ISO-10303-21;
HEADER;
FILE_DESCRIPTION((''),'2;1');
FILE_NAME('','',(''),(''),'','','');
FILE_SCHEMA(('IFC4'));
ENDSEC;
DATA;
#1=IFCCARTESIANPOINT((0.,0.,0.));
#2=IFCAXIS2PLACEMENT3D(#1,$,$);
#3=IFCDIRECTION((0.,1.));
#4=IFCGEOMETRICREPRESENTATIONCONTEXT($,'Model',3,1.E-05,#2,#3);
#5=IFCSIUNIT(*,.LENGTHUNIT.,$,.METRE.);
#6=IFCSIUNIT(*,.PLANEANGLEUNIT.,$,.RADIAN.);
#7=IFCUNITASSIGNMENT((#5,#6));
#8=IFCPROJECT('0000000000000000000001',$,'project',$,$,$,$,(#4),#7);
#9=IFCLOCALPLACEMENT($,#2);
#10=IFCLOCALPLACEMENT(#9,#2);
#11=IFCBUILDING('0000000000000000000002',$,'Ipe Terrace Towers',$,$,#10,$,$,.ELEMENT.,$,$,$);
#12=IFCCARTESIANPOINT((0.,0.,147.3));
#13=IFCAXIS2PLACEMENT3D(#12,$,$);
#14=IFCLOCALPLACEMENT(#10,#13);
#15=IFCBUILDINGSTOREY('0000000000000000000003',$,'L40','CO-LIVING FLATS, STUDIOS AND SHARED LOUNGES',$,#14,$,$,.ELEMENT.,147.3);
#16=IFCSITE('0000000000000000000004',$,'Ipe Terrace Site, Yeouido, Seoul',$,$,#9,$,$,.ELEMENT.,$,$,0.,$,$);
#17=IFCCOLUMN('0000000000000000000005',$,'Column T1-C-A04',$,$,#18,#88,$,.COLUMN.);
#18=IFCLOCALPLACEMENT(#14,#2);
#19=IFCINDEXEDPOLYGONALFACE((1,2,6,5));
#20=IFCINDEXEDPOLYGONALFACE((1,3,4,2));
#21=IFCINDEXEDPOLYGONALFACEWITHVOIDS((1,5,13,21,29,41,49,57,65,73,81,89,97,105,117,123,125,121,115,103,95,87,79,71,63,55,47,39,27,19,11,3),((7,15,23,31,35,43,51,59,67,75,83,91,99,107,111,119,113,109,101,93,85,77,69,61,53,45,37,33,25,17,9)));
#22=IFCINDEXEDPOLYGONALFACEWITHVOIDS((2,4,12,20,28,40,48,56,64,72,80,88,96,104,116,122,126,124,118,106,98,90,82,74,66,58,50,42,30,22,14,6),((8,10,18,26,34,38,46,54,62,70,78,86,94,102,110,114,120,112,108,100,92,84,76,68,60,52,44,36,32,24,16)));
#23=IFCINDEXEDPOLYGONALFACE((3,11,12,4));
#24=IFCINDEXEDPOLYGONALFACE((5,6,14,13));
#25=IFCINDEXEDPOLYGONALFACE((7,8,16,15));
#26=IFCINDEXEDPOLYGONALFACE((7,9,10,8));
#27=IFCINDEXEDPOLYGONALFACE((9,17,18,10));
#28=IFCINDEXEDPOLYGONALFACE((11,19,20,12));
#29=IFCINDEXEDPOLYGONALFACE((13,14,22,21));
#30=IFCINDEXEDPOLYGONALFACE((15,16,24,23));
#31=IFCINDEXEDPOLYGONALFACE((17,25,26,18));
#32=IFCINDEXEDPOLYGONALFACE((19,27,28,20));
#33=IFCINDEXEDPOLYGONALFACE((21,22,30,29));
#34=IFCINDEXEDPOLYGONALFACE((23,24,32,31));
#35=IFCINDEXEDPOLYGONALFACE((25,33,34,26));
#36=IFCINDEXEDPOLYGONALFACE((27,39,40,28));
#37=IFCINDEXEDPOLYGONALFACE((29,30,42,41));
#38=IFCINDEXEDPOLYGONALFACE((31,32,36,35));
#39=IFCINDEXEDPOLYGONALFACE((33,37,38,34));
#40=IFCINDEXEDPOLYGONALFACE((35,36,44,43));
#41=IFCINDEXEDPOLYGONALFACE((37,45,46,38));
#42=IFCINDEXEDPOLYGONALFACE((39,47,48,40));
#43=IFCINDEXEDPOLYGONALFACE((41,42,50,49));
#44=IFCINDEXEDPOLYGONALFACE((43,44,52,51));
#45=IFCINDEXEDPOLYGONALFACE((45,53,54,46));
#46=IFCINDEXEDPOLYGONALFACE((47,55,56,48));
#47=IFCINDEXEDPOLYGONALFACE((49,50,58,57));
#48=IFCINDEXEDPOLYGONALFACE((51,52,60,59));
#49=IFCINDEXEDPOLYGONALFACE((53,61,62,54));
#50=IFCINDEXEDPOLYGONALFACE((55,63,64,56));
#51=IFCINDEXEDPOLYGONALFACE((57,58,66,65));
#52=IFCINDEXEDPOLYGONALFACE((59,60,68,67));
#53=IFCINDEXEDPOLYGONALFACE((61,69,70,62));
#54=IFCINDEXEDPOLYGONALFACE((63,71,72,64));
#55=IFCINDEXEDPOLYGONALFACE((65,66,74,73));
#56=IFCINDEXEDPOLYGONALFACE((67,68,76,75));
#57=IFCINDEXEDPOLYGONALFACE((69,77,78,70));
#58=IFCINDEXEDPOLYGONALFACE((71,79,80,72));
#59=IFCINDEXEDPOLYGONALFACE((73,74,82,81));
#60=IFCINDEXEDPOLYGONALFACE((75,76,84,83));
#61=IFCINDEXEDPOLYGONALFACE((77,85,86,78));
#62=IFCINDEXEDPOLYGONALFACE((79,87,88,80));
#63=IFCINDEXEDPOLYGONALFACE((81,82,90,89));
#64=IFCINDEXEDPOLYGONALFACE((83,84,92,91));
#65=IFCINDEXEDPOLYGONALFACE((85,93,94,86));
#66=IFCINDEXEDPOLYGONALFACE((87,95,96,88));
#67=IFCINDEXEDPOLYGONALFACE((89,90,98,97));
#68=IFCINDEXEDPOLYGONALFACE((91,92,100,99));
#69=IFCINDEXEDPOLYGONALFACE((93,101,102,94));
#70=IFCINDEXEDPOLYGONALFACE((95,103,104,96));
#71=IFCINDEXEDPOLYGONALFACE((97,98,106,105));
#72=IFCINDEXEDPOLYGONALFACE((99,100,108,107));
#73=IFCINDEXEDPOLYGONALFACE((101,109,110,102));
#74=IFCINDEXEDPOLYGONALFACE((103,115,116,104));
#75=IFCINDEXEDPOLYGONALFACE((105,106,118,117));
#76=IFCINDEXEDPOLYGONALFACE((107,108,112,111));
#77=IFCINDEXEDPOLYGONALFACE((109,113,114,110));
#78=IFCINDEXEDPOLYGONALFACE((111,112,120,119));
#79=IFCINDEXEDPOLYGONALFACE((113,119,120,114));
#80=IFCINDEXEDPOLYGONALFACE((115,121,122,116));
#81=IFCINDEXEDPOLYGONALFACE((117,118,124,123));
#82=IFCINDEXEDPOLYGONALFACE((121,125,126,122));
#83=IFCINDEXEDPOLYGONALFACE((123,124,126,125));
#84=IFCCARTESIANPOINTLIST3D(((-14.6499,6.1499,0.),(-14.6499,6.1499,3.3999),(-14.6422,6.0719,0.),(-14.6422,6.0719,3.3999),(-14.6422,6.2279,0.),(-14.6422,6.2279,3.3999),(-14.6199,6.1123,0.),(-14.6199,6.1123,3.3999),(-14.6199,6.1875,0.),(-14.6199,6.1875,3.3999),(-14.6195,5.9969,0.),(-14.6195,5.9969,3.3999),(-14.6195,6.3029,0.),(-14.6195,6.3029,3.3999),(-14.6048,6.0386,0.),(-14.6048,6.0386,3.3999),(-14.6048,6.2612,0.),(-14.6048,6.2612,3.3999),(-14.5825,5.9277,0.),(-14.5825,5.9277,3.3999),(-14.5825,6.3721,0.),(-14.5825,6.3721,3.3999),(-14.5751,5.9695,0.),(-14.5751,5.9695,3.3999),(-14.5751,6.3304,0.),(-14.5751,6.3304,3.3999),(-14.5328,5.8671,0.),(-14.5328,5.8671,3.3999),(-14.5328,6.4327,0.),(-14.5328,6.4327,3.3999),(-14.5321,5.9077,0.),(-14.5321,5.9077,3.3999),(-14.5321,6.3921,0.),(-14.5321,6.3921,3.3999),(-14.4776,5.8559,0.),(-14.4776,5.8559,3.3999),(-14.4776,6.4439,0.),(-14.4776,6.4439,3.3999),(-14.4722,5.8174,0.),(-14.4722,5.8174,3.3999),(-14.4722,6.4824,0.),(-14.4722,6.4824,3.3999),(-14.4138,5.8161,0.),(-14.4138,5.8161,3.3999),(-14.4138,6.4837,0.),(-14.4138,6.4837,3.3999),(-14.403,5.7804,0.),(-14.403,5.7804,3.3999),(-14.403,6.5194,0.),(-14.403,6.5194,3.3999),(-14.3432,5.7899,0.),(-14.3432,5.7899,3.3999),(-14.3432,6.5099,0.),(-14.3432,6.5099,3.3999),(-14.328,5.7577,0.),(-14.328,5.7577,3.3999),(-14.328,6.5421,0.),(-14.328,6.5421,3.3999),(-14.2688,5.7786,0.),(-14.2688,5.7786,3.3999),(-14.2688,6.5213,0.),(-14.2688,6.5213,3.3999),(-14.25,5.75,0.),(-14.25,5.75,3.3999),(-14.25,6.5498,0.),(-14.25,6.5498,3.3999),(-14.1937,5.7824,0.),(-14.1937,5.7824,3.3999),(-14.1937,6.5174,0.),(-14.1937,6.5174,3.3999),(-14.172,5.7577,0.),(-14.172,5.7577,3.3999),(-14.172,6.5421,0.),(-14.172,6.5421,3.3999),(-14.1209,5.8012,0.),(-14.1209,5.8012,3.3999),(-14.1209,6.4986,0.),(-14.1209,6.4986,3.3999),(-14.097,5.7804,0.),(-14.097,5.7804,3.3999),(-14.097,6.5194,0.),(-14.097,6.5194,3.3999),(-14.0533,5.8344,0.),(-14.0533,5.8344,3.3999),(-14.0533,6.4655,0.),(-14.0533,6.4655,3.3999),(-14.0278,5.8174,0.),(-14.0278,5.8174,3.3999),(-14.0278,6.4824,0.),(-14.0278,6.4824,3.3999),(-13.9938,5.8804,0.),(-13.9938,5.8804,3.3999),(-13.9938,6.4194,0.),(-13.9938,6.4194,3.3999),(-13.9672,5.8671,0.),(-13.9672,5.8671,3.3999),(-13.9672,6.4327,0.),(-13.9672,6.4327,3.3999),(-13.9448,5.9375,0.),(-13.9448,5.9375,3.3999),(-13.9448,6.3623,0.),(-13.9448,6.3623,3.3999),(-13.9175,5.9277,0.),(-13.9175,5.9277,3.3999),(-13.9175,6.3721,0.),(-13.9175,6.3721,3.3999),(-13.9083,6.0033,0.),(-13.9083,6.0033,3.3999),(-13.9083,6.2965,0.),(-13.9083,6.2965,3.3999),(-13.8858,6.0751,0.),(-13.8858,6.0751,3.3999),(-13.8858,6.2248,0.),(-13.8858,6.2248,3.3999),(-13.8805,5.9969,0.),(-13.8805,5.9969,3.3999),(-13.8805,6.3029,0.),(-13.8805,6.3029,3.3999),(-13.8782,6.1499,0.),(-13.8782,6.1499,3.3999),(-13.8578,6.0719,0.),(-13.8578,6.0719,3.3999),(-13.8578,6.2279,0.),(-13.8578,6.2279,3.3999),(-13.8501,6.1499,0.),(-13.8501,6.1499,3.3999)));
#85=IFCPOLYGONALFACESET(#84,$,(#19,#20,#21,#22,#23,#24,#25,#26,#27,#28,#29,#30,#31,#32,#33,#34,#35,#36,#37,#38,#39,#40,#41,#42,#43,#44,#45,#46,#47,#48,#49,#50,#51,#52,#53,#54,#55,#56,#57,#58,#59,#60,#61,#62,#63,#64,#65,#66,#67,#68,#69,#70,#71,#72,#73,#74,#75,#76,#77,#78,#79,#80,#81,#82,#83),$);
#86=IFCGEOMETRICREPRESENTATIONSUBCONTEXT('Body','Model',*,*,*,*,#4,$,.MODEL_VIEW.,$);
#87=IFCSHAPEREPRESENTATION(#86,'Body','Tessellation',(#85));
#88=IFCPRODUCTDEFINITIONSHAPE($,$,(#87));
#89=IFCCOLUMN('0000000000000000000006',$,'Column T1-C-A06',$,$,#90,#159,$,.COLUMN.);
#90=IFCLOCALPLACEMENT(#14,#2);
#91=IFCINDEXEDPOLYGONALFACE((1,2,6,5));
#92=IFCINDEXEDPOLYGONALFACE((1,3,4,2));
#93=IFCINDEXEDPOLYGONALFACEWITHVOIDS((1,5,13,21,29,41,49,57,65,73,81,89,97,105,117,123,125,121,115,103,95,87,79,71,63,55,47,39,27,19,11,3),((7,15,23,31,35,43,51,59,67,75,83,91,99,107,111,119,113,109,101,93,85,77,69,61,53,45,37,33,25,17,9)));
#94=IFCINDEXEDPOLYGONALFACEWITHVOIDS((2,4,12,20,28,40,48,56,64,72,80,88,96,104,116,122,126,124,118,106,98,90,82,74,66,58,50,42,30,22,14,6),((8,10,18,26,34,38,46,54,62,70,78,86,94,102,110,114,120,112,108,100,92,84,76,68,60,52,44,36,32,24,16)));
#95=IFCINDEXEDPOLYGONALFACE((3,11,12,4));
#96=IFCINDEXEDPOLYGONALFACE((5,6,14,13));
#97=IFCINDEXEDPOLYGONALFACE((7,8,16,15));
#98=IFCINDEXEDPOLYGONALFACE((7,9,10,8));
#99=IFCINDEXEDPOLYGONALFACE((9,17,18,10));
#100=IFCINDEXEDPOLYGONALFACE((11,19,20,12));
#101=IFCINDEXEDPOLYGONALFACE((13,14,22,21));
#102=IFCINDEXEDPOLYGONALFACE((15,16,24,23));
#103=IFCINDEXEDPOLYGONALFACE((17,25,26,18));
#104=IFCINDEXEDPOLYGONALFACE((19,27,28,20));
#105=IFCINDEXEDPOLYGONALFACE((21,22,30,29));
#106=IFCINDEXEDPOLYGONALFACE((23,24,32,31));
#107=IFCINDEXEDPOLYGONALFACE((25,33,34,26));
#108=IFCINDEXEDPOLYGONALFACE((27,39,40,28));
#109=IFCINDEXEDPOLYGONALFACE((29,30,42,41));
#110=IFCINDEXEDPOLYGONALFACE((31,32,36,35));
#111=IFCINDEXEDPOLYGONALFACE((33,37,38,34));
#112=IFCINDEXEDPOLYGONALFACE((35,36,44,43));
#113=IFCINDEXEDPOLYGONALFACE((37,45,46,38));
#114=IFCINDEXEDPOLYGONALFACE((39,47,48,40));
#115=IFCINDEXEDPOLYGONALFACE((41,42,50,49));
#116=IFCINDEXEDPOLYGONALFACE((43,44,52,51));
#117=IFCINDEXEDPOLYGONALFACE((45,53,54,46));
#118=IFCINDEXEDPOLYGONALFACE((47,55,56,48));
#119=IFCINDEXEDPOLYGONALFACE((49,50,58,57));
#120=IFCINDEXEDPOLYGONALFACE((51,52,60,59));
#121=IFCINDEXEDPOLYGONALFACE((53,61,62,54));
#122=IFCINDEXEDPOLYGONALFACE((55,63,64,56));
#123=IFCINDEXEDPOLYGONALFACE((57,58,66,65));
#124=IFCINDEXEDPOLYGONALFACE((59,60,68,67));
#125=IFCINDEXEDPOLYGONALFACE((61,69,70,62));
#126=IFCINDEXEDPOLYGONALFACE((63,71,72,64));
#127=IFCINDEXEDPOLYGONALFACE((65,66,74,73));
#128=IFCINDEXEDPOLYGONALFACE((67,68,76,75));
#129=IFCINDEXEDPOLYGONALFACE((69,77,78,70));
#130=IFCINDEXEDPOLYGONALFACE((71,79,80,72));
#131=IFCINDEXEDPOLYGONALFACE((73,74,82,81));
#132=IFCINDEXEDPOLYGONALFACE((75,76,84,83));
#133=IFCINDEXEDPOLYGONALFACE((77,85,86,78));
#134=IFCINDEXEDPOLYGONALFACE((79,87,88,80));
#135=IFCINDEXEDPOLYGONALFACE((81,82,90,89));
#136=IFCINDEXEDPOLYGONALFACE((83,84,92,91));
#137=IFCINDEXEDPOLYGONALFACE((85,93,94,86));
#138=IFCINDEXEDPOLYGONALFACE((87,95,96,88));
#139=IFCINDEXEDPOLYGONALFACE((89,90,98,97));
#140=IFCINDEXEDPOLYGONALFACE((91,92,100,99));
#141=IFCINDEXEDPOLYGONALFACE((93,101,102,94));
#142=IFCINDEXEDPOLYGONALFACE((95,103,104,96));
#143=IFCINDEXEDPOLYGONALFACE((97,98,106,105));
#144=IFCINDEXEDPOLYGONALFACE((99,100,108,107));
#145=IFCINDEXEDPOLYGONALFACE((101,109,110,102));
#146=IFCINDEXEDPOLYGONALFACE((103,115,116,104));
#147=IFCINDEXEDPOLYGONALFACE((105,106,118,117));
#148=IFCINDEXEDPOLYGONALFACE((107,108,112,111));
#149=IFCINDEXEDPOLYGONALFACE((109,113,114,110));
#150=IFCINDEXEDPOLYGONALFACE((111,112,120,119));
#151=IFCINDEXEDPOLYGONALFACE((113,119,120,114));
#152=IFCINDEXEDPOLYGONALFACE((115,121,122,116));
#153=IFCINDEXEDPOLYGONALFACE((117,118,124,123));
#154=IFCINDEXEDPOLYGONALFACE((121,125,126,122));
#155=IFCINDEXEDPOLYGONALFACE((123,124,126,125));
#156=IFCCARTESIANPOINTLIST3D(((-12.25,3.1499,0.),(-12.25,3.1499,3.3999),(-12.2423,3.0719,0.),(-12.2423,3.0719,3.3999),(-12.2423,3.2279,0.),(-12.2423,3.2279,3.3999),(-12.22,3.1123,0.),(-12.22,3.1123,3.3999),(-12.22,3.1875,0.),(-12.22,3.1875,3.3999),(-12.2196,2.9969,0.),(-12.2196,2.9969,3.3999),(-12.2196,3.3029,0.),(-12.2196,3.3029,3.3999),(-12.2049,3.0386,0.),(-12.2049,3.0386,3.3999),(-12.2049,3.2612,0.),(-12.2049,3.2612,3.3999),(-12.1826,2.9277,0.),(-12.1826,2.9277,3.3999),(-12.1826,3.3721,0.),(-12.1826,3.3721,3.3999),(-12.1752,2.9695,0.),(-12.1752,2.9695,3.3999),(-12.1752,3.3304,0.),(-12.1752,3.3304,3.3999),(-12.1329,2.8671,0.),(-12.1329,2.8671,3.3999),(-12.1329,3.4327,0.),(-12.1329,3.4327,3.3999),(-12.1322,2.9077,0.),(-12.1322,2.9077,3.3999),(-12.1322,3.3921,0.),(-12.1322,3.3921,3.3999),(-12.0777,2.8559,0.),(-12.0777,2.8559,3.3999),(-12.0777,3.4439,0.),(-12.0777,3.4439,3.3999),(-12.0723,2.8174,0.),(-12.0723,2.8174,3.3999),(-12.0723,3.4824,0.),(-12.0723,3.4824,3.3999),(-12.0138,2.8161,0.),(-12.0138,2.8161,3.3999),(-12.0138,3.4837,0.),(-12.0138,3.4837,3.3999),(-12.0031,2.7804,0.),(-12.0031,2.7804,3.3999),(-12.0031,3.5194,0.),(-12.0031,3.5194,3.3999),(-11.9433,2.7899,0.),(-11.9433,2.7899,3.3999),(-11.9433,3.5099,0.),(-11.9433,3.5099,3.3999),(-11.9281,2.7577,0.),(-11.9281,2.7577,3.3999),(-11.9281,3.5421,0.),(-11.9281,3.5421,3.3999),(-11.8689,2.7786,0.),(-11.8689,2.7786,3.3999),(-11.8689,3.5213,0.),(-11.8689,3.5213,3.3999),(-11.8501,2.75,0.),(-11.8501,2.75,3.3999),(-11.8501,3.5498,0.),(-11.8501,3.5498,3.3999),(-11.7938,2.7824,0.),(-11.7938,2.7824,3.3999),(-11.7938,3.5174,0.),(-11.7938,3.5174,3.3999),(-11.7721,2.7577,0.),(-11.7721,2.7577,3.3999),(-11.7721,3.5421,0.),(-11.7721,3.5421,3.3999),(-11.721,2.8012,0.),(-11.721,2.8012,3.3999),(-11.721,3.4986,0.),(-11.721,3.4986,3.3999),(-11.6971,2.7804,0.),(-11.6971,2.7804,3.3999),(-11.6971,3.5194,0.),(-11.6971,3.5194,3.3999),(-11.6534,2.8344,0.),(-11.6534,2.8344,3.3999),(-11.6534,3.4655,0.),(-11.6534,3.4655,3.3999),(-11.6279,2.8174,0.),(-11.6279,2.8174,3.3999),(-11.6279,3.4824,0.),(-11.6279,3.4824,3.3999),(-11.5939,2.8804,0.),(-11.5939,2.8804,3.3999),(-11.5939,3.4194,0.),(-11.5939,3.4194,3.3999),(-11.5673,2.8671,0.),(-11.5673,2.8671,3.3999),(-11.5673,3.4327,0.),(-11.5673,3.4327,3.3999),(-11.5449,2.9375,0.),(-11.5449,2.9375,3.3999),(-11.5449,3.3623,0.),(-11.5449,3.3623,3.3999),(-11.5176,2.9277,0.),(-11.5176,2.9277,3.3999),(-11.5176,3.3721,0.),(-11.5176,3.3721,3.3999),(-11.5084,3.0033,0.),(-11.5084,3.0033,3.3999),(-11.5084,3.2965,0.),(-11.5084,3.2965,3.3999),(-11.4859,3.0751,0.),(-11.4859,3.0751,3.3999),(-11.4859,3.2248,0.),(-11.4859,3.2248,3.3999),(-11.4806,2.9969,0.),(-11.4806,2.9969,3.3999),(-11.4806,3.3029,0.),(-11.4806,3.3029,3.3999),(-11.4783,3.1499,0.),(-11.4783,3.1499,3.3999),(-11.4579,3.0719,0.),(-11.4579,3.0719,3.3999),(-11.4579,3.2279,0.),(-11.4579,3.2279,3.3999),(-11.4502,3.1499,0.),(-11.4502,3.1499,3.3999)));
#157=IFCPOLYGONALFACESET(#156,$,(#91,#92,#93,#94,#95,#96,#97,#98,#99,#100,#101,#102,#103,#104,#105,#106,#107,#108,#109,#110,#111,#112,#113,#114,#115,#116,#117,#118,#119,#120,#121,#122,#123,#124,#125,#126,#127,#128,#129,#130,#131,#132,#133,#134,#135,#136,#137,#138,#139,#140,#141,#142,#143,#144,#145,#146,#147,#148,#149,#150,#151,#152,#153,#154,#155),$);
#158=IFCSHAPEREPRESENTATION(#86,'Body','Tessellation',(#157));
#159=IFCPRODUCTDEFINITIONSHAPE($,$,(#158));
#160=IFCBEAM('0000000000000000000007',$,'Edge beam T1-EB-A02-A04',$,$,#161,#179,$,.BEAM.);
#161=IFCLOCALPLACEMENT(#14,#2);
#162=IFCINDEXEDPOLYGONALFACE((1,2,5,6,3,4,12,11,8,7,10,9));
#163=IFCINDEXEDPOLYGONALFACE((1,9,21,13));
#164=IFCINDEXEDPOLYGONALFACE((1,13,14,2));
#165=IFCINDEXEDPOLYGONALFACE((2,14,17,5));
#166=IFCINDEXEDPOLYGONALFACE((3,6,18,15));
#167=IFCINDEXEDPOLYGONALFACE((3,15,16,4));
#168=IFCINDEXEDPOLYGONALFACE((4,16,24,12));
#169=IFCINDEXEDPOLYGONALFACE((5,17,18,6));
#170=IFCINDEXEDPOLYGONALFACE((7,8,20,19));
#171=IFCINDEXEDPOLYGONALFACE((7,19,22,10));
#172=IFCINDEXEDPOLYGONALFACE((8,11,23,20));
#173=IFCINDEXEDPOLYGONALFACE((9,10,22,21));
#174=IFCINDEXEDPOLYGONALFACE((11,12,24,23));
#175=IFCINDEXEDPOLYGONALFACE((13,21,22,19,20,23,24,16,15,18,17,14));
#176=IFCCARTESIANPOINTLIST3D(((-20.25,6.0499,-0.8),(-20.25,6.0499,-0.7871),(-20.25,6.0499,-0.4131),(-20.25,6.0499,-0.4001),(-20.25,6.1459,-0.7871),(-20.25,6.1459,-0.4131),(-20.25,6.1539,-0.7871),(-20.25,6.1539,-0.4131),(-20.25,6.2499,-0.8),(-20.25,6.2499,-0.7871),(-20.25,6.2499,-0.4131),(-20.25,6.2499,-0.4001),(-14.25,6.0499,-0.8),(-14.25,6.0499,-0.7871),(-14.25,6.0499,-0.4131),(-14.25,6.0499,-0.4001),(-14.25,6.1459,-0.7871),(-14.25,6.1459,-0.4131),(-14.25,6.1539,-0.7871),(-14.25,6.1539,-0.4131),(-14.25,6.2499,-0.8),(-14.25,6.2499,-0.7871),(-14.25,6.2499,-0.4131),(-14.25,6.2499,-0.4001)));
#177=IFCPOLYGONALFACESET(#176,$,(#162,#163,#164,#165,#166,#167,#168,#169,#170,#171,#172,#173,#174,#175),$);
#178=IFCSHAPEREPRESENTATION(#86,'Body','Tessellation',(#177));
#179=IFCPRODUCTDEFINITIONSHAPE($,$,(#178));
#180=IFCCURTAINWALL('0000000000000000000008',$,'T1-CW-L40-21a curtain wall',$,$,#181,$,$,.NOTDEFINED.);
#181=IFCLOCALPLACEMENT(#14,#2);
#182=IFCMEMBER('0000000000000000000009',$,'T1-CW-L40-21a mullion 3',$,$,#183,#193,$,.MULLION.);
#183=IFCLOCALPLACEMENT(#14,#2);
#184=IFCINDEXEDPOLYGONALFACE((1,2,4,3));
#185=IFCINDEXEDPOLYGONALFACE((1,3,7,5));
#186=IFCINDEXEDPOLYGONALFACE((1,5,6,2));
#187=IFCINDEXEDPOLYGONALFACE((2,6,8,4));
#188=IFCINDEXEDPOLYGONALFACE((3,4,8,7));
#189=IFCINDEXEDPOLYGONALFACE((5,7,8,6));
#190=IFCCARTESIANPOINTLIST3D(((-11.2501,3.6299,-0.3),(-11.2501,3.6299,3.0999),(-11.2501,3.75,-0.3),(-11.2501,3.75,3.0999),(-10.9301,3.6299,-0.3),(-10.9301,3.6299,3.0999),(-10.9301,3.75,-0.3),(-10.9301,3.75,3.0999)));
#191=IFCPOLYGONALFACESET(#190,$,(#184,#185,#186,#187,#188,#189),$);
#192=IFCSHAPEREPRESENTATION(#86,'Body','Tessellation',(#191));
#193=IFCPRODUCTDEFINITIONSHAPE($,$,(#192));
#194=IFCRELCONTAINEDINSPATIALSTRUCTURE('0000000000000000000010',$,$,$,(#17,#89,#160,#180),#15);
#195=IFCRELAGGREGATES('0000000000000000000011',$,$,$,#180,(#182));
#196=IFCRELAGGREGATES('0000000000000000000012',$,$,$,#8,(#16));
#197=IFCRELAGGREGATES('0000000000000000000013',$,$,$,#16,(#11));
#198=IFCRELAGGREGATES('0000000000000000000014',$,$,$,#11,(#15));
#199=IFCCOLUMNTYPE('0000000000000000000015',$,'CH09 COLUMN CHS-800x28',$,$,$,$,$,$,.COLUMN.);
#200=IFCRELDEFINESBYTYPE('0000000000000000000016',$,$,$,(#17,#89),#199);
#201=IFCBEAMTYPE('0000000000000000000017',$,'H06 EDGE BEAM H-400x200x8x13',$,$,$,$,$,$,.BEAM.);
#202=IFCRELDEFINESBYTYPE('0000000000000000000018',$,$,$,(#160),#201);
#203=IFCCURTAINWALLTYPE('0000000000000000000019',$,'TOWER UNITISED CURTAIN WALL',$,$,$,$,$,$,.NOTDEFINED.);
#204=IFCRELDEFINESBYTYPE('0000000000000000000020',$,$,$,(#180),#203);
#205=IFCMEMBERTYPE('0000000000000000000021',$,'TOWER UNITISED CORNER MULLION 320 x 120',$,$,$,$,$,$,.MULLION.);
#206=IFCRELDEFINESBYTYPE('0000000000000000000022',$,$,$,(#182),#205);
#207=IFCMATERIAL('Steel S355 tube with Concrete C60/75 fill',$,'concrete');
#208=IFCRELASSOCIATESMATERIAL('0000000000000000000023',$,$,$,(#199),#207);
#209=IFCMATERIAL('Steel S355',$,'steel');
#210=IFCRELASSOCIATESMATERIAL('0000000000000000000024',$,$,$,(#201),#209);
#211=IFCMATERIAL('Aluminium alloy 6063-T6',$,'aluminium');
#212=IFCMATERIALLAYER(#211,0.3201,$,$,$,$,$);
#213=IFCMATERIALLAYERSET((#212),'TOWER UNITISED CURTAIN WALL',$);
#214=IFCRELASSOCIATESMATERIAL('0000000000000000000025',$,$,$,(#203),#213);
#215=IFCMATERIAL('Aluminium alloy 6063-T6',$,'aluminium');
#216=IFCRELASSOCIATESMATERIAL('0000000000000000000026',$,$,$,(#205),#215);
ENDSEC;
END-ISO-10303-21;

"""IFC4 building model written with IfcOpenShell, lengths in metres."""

from ifc_helpers import new_model, si_unit, direction, frame, origin, origin_2d, place, context, subcontext, project, spatial, rectangle, hollow_circle, i_section, extrude, material, layer, layer_set, material_profile, profile_set, type_object, element, aggregate, save


model = new_model("IFC4")

# Units and contexts
model_context = context("Model", 3, precision=1e-05, world=origin(), true_north=direction((0.0, 1.0)))
body_context = subcontext(model_context, "Body", "Model", "MODEL_VIEW")
ifc_project = project(units=[si_unit("LENGTHUNIT", "METRE"), si_unit("PLANEANGLEUNIT", "RADIAN")], contexts=[model_context])

# Site, building, storey
site_placement = place(None, origin())
site = spatial("IfcSite", under=ifc_project, at=site_placement, Name="Ipe Terrace Site, Yeouido, Seoul", CompositionType="ELEMENT", RefElevation=0.0)
building_placement = place(site_placement, origin())
building = spatial("IfcBuilding", under=site, at=building_placement, Name="Ipe Terrace Towers", CompositionType="ELEMENT")
storey_placement = place(building_placement, frame((0.0, 0.0, 147.3)))
storey = spatial("IfcBuildingStorey", under=building, at=storey_placement, Name="L40", Description="CO-LIVING FLATS, STUDIOS AND SHARED LOUNGES", CompositionType="ELEMENT", Elevation=147.3)

# Columns
ifc_material_1 = material(Name="Steel S355 tube with Concrete C60/75 fill", Category="concrete")
ifc_material_profile_1 = material_profile(ifc_material_1, hollow_circle(Radius=0.3999, WallThickness=0.0281, at=origin_2d()), Name="CHS-800x28")
ifc_profile_set_1 = profile_set([ifc_material_profile_1], Name="Steel S355 tube with Concrete C60/75 fill")
column_type = type_object("IfcColumnType", Name="CH09 COLUMN CHS-800x28", PredefinedType="COLUMN", material=ifc_profile_set_1)
for number, where, z_axis, x_axis, name in (
    (1, (-14.25, 6.1499, 0.0), (0.0, 0.0, 1.0), (1.0, 0.0, 0.0), "Column T1-C-A04"),
    (2, (-11.8501, 3.1499, 0.0), (0.0, 0.0, 1.0), (1.0, 0.0, 0.0), "Column T1-C-A06"),
):
    element("IfcColumn", number, at=place(storey_placement, frame(where, z_axis=z_axis, x_axis=x_axis)), inside=storey, type_object=column_type, Name=name, PredefinedType="COLUMN", context=body_context, shape_type="SweptSolid", body=[
        extrude(hollow_circle(Radius=0.3999, WallThickness=0.0281, at=origin_2d()), origin(), (0.0, 0.0, 1.0), 3.3999),
    ])

# Beam
ifc_material_2 = material(Name="Steel S355", Category="steel")
ifc_material_profile_2 = material_profile(ifc_material_2, i_section(OverallWidth=0.2, OverallDepth=0.3999, WebThickness=0.0081, FlangeThickness=0.0129, at=origin_2d()), Name="H-400x200x8x13")
ifc_profile_set_2 = profile_set([ifc_material_profile_2], Name="Steel S355")
beam_type = type_object("IfcBeamType", Name="H06 EDGE BEAM H-400x200x8x13", PredefinedType="BEAM", material=ifc_profile_set_2)
beam_placement = place(storey_placement, frame((-20.25, 6.1499, -0.6001), z_axis=(1.0, 0.0, 0.0), x_axis=(0.0, 1.0, 0.0)))
element("IfcBeam", 3, at=beam_placement, inside=storey, type_object=beam_type, Name="Edge beam T1-EB-A02-A04", PredefinedType="BEAM", context=body_context, shape_type="SweptSolid", body=[
    extrude(i_section(OverallWidth=0.2, OverallDepth=0.3999, WebThickness=0.0081, FlangeThickness=0.0129, at=origin_2d()), origin(), (0.0, 0.0, 1.0), 6.0),
])

# Curtain wall, member
ifc_material_3 = material(Name="Aluminium alloy 6063-T6", Category="aluminium")
ifc_layer_1 = layer(ifc_material_3, 0.3201)
ifc_layer_set_1 = layer_set([ifc_layer_1], Name="TOWER UNITISED CURTAIN WALL")
curtain_wall_type = type_object("IfcCurtainWallType", Name="TOWER UNITISED CURTAIN WALL", PredefinedType="NOTDEFINED", material=ifc_layer_set_1)
curtain_wall_1_placement = place(storey_placement, origin())
curtain_wall_1 = element("IfcCurtainWall", 4, at=curtain_wall_1_placement, inside=storey, type_object=curtain_wall_type, Name="T1-CW-L40-21a curtain wall", PredefinedType="NOTDEFINED")
ifc_material_4 = material(Name="Aluminium alloy 6063-T6", Category="aluminium")
ifc_material_profile_3 = material_profile(ifc_material_4, rectangle(XDim=0.3201, YDim=0.1201, at=origin_2d()), Name="TOWER UNITISED CORNER MULLION 320 x 120")
ifc_profile_set_3 = profile_set([ifc_material_profile_3], Name="Aluminium alloy 6063-T6")
member_type = type_object("IfcMemberType", Name="TOWER UNITISED CORNER MULLION 320 x 120", PredefinedType="MULLION", material=ifc_profile_set_3)
member_1_placement = place(storey_placement, frame((-11.0901, 3.6899, -0.3), z_axis=(0.0, 0.0, 1.0), x_axis=(1.0, 0.0, 0.0)))
member_1 = element("IfcMember", 5, at=member_1_placement, type_object=member_type, Name="T1-CW-L40-21a mullion 3", PredefinedType="MULLION", context=body_context, shape_type="SweptSolid", body=[
    extrude(rectangle(XDim=0.3201, YDim=0.1201, at=origin_2d()), origin(), (0.0, 0.0, 1.0), 3.3999),
])

aggregate(curtain_wall_1, [member_1])

save(model, "model.ifc")
